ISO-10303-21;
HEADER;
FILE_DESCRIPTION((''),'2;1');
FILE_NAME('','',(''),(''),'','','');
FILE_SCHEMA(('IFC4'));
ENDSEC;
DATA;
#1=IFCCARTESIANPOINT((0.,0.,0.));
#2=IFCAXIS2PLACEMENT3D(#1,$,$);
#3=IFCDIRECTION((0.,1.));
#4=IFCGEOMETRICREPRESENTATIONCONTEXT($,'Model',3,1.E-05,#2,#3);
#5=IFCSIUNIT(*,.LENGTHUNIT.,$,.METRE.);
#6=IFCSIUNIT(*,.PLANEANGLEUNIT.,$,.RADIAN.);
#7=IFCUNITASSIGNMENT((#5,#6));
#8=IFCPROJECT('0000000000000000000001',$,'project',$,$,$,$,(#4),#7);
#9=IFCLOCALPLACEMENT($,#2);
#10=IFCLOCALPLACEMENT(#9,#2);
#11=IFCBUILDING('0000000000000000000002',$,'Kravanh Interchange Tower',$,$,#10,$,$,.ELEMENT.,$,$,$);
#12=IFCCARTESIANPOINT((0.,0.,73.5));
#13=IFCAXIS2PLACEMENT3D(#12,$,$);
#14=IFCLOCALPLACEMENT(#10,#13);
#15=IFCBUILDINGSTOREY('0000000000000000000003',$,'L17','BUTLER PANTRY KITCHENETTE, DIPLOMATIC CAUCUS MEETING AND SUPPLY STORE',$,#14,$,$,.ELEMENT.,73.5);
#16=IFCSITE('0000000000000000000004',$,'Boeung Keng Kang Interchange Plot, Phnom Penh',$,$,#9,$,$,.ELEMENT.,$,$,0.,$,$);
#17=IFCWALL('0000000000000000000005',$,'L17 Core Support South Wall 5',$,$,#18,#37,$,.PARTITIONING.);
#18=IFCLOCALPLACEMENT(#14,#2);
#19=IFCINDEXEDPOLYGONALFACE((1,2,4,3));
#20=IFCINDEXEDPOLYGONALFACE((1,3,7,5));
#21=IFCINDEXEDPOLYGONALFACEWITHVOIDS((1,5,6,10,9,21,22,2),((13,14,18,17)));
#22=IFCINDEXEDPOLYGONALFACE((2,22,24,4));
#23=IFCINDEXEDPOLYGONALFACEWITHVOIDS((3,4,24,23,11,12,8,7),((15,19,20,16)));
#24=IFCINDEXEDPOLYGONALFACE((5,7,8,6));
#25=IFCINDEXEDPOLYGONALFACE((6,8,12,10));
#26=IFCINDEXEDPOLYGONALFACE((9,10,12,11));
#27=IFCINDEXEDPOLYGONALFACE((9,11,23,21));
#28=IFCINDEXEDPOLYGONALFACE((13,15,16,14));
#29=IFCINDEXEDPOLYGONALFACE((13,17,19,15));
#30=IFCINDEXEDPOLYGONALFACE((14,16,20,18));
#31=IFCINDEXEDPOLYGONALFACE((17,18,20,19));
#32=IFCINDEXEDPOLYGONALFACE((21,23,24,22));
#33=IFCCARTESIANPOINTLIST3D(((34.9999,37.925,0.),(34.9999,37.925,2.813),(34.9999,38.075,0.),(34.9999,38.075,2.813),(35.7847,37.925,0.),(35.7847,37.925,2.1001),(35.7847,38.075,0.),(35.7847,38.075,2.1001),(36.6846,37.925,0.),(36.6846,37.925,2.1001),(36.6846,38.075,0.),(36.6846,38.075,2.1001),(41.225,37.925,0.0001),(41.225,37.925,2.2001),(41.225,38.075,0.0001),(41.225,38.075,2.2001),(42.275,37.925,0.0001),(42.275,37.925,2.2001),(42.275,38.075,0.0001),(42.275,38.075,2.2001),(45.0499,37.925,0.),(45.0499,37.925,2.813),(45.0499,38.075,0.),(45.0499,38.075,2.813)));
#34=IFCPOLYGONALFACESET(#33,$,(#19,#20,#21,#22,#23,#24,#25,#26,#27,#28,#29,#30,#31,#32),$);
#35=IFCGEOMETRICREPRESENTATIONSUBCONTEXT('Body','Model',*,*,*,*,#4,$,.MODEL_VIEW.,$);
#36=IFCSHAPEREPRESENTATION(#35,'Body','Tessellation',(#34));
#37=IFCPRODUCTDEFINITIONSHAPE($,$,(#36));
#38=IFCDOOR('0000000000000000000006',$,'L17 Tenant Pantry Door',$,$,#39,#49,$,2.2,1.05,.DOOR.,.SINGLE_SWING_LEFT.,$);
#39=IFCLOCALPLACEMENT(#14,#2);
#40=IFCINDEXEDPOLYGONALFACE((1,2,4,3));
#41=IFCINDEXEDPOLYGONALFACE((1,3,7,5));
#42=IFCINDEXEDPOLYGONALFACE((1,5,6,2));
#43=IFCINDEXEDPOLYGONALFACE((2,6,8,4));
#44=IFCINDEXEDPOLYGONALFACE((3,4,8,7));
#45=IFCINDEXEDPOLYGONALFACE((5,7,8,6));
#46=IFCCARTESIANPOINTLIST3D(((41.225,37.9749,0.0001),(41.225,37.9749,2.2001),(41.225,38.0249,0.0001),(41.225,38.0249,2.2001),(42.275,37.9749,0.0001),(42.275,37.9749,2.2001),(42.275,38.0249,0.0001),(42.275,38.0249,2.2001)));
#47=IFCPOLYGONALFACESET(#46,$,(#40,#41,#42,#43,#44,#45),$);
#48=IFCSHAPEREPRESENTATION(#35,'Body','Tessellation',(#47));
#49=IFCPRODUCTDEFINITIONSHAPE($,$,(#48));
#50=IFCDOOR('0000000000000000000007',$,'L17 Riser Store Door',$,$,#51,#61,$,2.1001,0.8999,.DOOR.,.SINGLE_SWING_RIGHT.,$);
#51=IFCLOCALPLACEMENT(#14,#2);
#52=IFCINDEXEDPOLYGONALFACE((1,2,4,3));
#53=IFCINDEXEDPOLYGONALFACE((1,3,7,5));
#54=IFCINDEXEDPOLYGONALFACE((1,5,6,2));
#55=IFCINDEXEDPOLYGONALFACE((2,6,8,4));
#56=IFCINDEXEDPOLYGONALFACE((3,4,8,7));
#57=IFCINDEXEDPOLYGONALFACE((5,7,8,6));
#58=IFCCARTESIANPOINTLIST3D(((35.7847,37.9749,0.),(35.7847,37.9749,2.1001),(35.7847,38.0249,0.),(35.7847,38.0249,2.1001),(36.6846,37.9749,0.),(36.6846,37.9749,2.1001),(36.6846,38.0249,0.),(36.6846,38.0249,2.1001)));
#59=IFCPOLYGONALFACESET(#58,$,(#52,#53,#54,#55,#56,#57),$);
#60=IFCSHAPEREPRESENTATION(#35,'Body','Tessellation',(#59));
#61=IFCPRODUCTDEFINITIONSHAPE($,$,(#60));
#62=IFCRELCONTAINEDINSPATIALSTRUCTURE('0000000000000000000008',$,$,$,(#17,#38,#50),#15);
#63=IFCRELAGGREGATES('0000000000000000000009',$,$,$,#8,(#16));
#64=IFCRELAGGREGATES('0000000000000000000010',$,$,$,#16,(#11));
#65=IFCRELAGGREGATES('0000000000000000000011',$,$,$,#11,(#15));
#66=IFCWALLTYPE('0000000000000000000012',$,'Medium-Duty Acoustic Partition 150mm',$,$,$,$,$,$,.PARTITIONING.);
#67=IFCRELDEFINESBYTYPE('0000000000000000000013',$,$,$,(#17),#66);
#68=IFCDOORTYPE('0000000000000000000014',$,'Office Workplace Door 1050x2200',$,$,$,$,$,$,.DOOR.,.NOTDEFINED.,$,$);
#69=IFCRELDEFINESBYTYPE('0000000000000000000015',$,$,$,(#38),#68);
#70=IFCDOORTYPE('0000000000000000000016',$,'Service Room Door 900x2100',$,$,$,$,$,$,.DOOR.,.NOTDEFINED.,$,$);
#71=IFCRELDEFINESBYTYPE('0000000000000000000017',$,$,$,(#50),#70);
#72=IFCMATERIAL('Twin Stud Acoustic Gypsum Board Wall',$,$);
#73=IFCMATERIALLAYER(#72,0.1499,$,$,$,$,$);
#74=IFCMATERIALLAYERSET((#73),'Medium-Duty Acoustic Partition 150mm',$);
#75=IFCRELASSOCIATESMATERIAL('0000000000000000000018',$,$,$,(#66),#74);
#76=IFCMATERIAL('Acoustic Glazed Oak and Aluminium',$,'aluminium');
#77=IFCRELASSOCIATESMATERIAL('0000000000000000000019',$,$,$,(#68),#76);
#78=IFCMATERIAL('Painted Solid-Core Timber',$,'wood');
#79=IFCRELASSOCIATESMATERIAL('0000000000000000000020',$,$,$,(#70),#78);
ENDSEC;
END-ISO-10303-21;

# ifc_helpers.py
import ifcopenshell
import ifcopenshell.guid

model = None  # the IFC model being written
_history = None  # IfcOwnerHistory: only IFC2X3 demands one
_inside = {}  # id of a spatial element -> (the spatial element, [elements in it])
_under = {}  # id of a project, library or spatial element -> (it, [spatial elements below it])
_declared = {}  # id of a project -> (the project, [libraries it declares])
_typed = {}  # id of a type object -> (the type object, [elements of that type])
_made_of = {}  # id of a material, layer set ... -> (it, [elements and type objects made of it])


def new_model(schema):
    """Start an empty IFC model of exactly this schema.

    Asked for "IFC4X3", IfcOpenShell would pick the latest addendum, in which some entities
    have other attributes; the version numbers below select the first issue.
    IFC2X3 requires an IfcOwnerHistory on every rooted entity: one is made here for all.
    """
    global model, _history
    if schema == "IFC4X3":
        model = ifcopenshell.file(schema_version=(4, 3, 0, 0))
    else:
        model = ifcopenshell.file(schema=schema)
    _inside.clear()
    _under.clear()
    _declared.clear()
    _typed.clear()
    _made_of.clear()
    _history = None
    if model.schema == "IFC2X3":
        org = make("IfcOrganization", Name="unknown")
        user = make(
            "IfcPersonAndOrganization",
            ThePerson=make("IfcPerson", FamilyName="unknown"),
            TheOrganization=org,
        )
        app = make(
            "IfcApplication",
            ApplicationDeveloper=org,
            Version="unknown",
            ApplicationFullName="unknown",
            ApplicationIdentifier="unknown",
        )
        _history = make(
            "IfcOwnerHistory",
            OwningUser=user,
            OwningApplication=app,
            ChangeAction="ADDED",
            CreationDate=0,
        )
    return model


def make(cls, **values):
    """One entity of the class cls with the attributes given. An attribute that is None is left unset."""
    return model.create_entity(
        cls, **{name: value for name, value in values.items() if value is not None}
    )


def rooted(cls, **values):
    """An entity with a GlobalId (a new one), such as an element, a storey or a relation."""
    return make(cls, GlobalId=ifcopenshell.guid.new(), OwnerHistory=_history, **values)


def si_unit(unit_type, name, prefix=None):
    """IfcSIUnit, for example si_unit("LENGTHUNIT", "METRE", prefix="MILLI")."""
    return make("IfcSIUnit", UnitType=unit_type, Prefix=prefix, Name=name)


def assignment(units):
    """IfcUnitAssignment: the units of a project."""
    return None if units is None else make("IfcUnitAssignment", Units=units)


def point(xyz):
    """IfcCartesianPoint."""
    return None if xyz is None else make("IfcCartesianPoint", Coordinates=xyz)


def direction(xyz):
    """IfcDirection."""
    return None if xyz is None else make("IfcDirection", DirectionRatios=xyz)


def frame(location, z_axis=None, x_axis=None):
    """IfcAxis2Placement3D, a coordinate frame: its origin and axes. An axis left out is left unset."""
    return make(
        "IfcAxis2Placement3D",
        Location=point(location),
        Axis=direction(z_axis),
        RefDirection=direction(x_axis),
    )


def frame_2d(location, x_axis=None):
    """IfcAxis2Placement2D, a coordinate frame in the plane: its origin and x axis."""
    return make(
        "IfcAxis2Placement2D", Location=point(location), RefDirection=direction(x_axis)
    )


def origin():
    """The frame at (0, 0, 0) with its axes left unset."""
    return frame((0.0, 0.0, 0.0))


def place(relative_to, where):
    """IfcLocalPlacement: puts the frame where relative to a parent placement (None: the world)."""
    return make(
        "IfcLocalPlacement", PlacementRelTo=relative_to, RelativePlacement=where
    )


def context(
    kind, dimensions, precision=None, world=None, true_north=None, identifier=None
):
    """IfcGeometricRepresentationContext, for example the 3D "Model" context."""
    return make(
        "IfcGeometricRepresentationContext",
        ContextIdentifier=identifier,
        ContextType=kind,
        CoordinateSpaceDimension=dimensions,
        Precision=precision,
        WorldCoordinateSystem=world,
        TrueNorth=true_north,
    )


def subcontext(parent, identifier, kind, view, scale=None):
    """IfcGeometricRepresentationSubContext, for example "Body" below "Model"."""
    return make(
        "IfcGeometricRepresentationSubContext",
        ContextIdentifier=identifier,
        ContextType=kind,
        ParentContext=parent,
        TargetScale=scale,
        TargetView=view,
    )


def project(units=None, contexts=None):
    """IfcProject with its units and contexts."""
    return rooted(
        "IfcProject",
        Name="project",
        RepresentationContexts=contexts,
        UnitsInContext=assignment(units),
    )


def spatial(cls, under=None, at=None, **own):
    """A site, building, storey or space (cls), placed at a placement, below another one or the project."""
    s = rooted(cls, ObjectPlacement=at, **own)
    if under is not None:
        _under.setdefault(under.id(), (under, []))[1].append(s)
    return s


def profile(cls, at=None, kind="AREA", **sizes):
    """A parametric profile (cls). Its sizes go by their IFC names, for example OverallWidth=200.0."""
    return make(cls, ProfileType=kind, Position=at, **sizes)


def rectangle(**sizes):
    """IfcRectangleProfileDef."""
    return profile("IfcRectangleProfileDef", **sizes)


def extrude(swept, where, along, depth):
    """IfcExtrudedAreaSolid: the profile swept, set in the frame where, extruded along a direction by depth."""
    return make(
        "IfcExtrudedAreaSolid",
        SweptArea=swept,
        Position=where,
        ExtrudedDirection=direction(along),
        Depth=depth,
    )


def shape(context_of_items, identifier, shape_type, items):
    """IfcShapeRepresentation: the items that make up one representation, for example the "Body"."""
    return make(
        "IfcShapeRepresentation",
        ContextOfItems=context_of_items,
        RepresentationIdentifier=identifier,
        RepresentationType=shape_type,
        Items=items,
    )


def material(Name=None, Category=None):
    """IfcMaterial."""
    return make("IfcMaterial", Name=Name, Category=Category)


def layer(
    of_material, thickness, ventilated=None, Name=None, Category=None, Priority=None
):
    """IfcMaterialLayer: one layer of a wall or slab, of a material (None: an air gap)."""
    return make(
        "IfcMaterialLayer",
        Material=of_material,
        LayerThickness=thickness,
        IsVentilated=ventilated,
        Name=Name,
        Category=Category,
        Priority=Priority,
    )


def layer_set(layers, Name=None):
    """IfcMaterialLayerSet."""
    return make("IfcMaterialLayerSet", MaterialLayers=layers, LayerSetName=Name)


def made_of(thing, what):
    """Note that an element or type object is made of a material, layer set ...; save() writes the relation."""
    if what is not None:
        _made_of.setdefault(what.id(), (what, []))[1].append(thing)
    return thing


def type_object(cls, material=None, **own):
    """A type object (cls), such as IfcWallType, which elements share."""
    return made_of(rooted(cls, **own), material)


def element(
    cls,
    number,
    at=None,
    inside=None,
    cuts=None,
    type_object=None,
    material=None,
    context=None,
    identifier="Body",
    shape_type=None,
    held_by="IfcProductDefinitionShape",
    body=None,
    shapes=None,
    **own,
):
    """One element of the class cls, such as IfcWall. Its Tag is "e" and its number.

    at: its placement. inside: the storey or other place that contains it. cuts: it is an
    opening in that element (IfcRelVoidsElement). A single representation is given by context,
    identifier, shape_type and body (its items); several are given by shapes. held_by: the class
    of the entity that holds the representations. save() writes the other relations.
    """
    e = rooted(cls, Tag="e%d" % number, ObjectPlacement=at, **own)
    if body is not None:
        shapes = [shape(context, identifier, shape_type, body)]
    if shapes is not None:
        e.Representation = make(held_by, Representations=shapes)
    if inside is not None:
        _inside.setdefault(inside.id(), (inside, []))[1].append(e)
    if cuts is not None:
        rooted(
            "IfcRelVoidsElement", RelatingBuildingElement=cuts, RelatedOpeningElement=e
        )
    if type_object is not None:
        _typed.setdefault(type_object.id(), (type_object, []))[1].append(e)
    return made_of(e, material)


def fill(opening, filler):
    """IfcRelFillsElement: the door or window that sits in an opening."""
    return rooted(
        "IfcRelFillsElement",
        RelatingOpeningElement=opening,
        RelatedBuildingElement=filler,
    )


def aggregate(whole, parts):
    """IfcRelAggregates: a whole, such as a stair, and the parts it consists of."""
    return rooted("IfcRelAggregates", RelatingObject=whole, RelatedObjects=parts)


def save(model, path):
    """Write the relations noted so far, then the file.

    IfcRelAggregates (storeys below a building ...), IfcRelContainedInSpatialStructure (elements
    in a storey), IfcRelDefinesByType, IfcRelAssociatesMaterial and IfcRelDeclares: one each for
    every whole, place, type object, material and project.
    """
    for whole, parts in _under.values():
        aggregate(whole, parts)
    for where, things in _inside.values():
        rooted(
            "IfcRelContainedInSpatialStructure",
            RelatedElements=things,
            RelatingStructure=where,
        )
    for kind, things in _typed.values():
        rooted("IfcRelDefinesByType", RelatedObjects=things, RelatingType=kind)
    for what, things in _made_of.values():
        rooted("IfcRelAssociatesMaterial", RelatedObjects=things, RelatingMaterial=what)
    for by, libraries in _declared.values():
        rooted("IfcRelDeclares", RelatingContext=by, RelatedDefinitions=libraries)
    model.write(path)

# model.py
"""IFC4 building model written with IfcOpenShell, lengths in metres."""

from ifc_helpers import new_model, si_unit, direction, frame, frame_2d, origin, place, context, subcontext, project, spatial, rectangle, extrude, material, layer, layer_set, type_object, element, fill, save


model = new_model("IFC4")

# Units and contexts
model_context = context("Model", 3, precision=1e-05, world=origin(), true_north=direction((0.0, 1.0)))
body_context = subcontext(model_context, "Body", "Model", "MODEL_VIEW")
ifc_project = project(units=[si_unit("LENGTHUNIT", "METRE"), si_unit("PLANEANGLEUNIT", "RADIAN")], contexts=[model_context])

# Site, building, storey
site_placement = place(None, origin())
site = spatial("IfcSite", under=ifc_project, at=site_placement, Name="Boeung Keng Kang Interchange Plot, Phnom Penh", CompositionType="ELEMENT", RefElevation=0.0)
building_placement = place(site_placement, origin())
building = spatial("IfcBuilding", under=site, at=building_placement, Name="Kravanh Interchange Tower", CompositionType="ELEMENT")
storey_placement = place(building_placement, frame((0.0, 0.0, 73.5)))
storey = spatial("IfcBuildingStorey", under=building, at=storey_placement, Name="L17", Description="BUTLER PANTRY KITCHENETTE, DIPLOMATIC CAUCUS MEETING AND SUPPLY STORE", CompositionType="ELEMENT", Elevation=73.5)

# Wall, openings, doors
ifc_material_1 = material(Name="Twin Stud Acoustic Gypsum Board Wall")
ifc_layer_1 = layer(ifc_material_1, 0.1499)
ifc_layer_set_1 = layer_set([ifc_layer_1], Name="Medium-Duty Acoustic Partition 150mm")
wall_type_1 = type_object("IfcWallType", Name="Medium-Duty Acoustic Partition 150mm", PredefinedType="PARTITIONING", material=ifc_layer_set_1)
wall_1_placement = place(storey_placement, frame((35.0, 38.0, 0.0), z_axis=(0.0, 0.0, 1.0), x_axis=(1.0, 0.0, 0.0)))
wall_1 = element("IfcWall", 1, at=wall_1_placement, inside=storey, type_object=wall_type_1, Name="L17 Core Support South Wall 5", PredefinedType="PARTITIONING", context=body_context, shape_type="SweptSolid", body=[
    extrude(rectangle(XDim=10.05, YDim=0.1499, at=frame_2d((5.0249, 0.0))), origin(), (0.0, 0.0, 1.0), 2.813),
])
opening_1_placement = place(wall_1_placement, frame((0.7847, 0.0, 0.0)))
opening_1 = element("IfcOpeningElement", 2, at=opening_1_placement, cuts=wall_1, PredefinedType="OPENING", context=body_context, shape_type="SweptSolid", body=[
    extrude(rectangle(XDim=0.8999, YDim=2.1001, at=frame_2d((0.45, 1.05))), frame((0.0, 0.085, 0.0), z_axis=(0.0, -1.0, 0.0), x_axis=(1.0, 0.0, 0.0)), (0.0, 0.0, 1.0), 0.1699),
])
opening_2_placement = place(wall_1_placement, frame((6.2251, 0.0, 0.0)))
opening_2 = element("IfcOpeningElement", 3, at=opening_2_placement, cuts=wall_1, PredefinedType="OPENING", context=body_context, shape_type="SweptSolid", body=[
    extrude(rectangle(XDim=1.05, YDim=2.2, at=frame_2d((0.5249, 1.1001))), frame((0.0, 0.085, 0.0), z_axis=(0.0, -1.0, 0.0), x_axis=(1.0, 0.0, 0.0)), (0.0, 0.0, 1.0), 0.1699),
])
ifc_material_2 = material(Name="Acoustic Glazed Oak and Aluminium", Category="aluminium")
door_type_1 = type_object("IfcDoorType", Name="Office Workplace Door 1050x2200", OperationType="NOTDEFINED", PredefinedType="DOOR", material=ifc_material_2)
door_1_placement = place(opening_2_placement, origin())
door_1 = element("IfcDoor", 4, at=door_1_placement, inside=storey, type_object=door_type_1, Name="L17 Tenant Pantry Door", OperationType="SINGLE_SWING_LEFT", OverallHeight=2.2, OverallWidth=1.05, PredefinedType="DOOR", context=body_context, shape_type="SweptSolid", body=[
    extrude(rectangle(XDim=1.05, YDim=2.2, at=frame_2d((0.5249, 1.1001))), frame((0.0, 0.0249, 0.0), z_axis=(0.0, -1.0, 0.0), x_axis=(1.0, 0.0, 0.0)), (0.0, 0.0, 1.0), 0.05),
])
fill(opening_2, door_1)
ifc_material_3 = material(Name="Painted Solid-Core Timber", Category="wood")
door_type_2 = type_object("IfcDoorType", Name="Service Room Door 900x2100", OperationType="NOTDEFINED", PredefinedType="DOOR", material=ifc_material_3)
door_2_placement = place(opening_1_placement, origin())
door_2 = element("IfcDoor", 5, at=door_2_placement, inside=storey, type_object=door_type_2, Name="L17 Riser Store Door", OperationType="SINGLE_SWING_RIGHT", OverallHeight=2.1001, OverallWidth=0.8999, PredefinedType="DOOR", context=body_context, shape_type="SweptSolid", body=[
    extrude(rectangle(XDim=0.8999, YDim=2.1001, at=frame_2d((0.45, 1.05))), frame((0.0, 0.0249, 0.0), z_axis=(0.0, -1.0, 0.0), x_axis=(1.0, 0.0, 0.0)), (0.0, 0.0, 1.0), 0.05),
])
fill(opening_1, door_2)

save(model, "model.ifc")
